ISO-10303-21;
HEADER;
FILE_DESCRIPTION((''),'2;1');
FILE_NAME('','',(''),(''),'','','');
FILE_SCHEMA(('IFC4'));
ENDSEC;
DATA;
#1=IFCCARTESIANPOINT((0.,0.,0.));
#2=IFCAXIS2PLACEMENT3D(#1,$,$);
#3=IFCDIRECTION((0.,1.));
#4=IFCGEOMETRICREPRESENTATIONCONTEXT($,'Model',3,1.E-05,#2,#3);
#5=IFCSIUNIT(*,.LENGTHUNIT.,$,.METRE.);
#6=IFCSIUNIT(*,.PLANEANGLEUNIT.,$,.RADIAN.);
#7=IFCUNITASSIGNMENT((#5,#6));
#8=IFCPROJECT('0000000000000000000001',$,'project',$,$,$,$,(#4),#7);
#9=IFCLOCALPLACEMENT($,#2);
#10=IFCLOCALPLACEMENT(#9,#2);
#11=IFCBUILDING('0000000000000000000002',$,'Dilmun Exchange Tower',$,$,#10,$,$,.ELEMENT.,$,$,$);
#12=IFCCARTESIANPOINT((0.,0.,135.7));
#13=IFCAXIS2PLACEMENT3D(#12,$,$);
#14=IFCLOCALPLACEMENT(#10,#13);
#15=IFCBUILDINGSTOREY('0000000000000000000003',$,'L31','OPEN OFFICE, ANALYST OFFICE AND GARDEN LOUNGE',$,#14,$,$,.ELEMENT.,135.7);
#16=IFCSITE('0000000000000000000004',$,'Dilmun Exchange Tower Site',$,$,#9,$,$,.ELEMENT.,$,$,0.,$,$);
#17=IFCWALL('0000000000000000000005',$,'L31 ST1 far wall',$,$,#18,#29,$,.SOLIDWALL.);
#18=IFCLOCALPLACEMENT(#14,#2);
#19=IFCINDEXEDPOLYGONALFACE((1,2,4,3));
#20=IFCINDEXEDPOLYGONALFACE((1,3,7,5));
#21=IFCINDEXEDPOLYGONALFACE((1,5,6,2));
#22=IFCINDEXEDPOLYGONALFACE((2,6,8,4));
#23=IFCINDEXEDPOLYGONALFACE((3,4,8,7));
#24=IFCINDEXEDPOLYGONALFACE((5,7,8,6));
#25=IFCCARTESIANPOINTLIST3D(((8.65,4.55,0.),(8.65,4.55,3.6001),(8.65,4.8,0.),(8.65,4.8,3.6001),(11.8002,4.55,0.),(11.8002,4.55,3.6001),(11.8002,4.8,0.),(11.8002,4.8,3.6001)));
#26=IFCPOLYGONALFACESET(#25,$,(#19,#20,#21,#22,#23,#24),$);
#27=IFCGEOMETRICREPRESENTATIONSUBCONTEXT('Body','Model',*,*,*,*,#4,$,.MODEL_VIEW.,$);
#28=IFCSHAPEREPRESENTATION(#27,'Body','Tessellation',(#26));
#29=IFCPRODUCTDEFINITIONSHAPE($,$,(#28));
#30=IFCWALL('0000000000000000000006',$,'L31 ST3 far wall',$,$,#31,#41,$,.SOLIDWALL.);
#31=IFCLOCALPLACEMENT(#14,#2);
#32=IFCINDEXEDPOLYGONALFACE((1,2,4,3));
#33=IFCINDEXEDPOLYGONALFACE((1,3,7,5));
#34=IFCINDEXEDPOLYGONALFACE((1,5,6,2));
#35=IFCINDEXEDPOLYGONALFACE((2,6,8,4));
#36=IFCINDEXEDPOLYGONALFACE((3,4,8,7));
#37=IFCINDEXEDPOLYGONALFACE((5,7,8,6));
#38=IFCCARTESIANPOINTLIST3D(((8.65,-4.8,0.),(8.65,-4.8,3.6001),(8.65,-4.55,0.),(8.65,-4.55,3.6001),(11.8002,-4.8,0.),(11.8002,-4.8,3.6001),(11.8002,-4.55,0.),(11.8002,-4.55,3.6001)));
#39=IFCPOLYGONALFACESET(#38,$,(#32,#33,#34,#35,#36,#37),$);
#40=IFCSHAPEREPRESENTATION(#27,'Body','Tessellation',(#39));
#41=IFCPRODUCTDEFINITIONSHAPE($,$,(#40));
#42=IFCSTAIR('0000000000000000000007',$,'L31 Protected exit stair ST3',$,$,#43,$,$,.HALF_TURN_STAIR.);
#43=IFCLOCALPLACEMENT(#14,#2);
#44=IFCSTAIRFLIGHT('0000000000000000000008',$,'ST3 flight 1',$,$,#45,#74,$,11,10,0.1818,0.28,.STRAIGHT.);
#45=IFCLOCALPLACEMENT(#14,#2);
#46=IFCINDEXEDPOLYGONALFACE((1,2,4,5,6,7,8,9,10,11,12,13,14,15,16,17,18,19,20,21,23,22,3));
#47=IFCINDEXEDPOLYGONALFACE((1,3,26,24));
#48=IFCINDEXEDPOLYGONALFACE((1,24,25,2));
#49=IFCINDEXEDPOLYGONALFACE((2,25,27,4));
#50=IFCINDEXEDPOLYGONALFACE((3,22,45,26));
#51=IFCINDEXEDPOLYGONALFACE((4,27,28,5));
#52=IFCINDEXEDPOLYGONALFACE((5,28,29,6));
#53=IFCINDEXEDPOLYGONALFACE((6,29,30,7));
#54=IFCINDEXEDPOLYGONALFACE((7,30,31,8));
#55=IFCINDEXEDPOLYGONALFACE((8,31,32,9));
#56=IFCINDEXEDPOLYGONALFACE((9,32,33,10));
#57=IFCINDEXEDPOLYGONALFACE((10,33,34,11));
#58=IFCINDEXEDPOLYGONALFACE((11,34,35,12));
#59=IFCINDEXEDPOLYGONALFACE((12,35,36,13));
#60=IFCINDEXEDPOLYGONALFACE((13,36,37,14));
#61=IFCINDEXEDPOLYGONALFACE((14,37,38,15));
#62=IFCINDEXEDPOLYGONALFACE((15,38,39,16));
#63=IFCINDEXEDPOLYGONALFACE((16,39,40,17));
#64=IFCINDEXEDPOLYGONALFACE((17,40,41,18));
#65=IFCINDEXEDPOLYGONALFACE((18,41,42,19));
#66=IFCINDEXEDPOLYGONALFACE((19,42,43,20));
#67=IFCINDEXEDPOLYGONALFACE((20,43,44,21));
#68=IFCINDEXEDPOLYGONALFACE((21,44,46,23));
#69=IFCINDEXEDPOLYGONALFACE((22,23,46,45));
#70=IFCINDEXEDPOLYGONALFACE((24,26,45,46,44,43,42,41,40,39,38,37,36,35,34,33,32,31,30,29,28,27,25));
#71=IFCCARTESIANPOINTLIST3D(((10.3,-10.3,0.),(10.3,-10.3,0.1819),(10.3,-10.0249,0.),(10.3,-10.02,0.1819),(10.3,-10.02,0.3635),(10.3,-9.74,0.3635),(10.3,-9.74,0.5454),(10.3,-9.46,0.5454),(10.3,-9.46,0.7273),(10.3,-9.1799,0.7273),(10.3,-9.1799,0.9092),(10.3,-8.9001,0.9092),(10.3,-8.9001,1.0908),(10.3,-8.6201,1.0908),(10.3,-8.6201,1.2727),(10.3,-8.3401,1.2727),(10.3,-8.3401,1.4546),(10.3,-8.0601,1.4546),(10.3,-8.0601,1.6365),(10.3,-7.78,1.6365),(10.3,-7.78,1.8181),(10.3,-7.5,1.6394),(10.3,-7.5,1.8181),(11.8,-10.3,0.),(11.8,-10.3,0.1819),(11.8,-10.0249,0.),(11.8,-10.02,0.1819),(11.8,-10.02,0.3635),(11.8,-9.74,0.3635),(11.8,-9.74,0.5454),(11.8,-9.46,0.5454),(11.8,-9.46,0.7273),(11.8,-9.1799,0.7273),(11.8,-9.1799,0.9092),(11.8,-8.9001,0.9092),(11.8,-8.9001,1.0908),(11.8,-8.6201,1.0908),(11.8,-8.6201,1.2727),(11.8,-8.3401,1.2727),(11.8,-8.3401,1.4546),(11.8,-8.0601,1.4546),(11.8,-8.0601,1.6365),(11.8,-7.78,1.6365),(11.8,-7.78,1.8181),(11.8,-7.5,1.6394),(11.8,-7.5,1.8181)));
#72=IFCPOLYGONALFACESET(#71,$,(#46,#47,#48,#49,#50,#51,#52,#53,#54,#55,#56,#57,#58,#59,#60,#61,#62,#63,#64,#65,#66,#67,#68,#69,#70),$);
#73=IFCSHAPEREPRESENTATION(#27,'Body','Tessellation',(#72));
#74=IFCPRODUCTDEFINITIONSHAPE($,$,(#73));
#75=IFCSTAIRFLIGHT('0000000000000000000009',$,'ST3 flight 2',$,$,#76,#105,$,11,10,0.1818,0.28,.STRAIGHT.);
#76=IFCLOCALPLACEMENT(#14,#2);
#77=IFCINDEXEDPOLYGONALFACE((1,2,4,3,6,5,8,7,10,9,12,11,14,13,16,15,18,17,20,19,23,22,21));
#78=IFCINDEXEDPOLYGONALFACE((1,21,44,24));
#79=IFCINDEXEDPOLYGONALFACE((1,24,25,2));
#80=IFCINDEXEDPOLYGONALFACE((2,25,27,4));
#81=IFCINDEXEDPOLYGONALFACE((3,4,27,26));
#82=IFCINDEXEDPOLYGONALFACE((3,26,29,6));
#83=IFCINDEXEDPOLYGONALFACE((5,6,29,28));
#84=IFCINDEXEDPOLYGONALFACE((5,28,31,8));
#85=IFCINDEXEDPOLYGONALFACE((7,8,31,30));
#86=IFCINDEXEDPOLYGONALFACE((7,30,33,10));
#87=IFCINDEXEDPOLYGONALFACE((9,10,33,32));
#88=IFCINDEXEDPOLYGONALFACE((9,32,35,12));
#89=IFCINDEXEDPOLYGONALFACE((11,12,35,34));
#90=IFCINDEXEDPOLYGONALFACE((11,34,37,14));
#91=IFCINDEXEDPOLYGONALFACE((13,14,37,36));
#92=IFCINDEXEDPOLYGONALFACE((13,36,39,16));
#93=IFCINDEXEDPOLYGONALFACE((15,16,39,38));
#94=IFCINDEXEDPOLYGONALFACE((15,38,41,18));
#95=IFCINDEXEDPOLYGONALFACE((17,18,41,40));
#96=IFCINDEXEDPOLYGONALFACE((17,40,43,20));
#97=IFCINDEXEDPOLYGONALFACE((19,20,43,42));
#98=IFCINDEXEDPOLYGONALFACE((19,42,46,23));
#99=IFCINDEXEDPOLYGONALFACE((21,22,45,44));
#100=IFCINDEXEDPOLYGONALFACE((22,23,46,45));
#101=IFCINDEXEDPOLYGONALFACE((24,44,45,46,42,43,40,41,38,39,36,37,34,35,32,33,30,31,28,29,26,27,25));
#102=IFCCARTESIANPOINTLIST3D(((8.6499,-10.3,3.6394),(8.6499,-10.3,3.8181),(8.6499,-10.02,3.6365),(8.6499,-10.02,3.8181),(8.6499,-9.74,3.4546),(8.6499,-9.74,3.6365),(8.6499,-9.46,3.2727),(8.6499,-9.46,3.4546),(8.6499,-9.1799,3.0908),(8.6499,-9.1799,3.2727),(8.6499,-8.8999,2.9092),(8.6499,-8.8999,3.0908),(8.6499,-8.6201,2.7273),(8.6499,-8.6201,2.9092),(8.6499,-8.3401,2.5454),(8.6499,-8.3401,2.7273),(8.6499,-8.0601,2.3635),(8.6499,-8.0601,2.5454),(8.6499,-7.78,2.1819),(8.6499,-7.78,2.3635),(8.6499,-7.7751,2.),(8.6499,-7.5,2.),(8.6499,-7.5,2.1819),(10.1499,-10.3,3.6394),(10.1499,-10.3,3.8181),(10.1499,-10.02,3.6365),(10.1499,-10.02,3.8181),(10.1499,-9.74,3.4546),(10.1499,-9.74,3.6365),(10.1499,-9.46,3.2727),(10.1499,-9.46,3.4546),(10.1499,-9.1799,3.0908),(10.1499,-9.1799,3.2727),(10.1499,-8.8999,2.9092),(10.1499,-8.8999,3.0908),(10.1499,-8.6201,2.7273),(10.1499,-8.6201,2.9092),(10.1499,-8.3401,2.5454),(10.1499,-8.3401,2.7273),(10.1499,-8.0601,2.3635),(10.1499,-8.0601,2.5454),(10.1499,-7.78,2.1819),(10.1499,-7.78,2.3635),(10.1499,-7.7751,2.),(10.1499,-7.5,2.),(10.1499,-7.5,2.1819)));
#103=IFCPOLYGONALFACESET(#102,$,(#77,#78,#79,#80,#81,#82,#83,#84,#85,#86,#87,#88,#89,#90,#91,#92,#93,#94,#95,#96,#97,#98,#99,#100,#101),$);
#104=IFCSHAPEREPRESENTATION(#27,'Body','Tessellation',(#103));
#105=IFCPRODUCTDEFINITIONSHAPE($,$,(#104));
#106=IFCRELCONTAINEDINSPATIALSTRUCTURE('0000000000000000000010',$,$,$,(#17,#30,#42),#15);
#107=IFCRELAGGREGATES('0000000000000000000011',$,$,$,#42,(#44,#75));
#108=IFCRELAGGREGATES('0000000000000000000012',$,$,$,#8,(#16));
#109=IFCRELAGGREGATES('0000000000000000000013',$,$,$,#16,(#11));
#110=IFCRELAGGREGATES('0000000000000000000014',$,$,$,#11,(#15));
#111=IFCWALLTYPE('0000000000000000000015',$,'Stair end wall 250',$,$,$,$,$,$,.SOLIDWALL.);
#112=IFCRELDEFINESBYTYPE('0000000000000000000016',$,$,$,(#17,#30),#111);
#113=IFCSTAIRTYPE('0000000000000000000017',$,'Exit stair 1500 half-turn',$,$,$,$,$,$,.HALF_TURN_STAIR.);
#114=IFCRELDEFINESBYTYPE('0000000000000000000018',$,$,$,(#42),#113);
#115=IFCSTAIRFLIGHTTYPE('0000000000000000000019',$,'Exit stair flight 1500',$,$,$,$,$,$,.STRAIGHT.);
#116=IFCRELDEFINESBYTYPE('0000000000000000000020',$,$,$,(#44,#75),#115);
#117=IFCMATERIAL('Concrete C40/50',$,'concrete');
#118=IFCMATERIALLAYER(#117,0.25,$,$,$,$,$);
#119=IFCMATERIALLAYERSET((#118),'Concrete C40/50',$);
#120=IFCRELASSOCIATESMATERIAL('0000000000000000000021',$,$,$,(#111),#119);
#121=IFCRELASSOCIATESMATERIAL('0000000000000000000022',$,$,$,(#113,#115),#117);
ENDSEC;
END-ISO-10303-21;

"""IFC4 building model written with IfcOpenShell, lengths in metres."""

from ifc_helpers import new_model, si_unit, direction, frame, frame_2d, origin, place, context, subcontext, project, spatial, polyline, rectangle, outline, extrude, material, layer, layer_set, type_object, element, aggregate, save


model = new_model("IFC4")

# Units and contexts
model_context = context("Model", 3, precision=1e-05, world=origin(), true_north=direction((0.0, 1.0)))
body_context = subcontext(model_context, "Body", "Model", "MODEL_VIEW")
ifc_project = project(units=[si_unit("LENGTHUNIT", "METRE"), si_unit("PLANEANGLEUNIT", "RADIAN")], contexts=[model_context])

# Site, building, storey
site_placement = place(None, origin())
site = spatial("IfcSite", under=ifc_project, at=site_placement, Name="Dilmun Exchange Tower Site", CompositionType="ELEMENT", RefElevation=0.0)
building_placement = place(site_placement, origin())
building = spatial("IfcBuilding", under=site, at=building_placement, Name="Dilmun Exchange Tower", CompositionType="ELEMENT")
storey_placement = place(building_placement, frame((0.0, 0.0, 135.7)))
storey = spatial("IfcBuildingStorey", under=building, at=storey_placement, Name="L31", Description="OPEN OFFICE, ANALYST OFFICE AND GARDEN LOUNGE", CompositionType="ELEMENT", Elevation=135.7)

# Shared definitions
ifc_material_1 = material(Name="Concrete C40/50", Category="concrete")

# Walls
ifc_layer_1 = layer(ifc_material_1, 0.25)
ifc_layer_set_1 = layer_set([ifc_layer_1], Name="Concrete C40/50")
wall_type_1 = type_object("IfcWallType", Name="Stair end wall 250", PredefinedType="SOLIDWALL", material=ifc_layer_set_1)
for number, where, z_axis, x_axis, name in (
    (1, (8.6499, 4.675, 0.0), (0.0, 0.0, 1.0), (1.0, 0.0, 0.0), "L31 ST1 far wall"),
    (2, (8.6499, -4.675, 0.0), (0.0, 0.0, 1.0), (1.0, 0.0, 0.0), "L31 ST3 far wall"),
):
    element("IfcWall", number, at=place(storey_placement, frame(where, z_axis=z_axis, x_axis=x_axis)), inside=storey, type_object=wall_type_1, Name=name, PredefinedType="SOLIDWALL", context=body_context, shape_type="SweptSolid", body=[
        extrude(rectangle(XDim=3.1501, YDim=0.25, at=frame_2d((1.5752, 0.0))), origin(), (0.0, 0.0, 1.0), 3.6001),
    ])

# Stair, stair flights
stair_type = type_object("IfcStairType", Name="Exit stair 1500 half-turn", PredefinedType="HALF_TURN_STAIR", material=ifc_material_1)
stair_placement = place(storey_placement, origin())
stair = element("IfcStair", 3, at=stair_placement, inside=storey, type_object=stair_type, Name="L31 Protected exit stair ST3", PredefinedType="HALF_TURN_STAIR")
stair_flight_type = type_object("IfcStairFlightType", Name="Exit stair flight 1500", PredefinedType="STRAIGHT", material=ifc_material_1)
stair_flight_1_placement = place(storey_placement, frame((11.05, -10.3, 0.0), z_axis=(0.0, 0.0, 1.0), x_axis=(0.0, 1.0, 0.0)))
stair_flight_1 = element("IfcStairFlight", 4, at=stair_flight_1_placement, type_object=stair_flight_type, Name="ST3 flight 1", NumberOfRisers=11, NumberOfTreads=10, PredefinedType="STRAIGHT", RiserHeight=0.1818, TreadLength=0.28, context=body_context, shape_type="SweptSolid", body=[
    extrude(outline(polyline([(0.0, 0.0), (0.0, 0.1819), (0.28, 0.1819), (0.28, 0.3635), (0.5601, 0.3635), (0.5601, 0.5454), (0.8401, 0.5454), (0.8401, 0.7273), (1.1201, 0.7273), (1.1201, 0.9092), (1.3999, 0.9092), (1.3999, 1.0908), (1.6799, 1.0908), (1.6799, 1.2727), (1.96, 1.2727), (1.96, 1.4546), (2.24, 1.4546), (2.24, 1.6365), (2.52, 1.6365), (2.52, 1.8181), (2.8, 1.8181), (2.8, 2.0), (2.8, 1.6394), (0.2751, 0.0), (0.0, 0.0)])), frame((0.0, 0.75, 0.0), z_axis=(0.0, -1.0, 0.0), x_axis=(1.0, 0.0, 0.0)), (0.0, 0.0, 1.0), 1.5),
])
stair_flight_2_placement = place(storey_placement, frame((9.3999, -7.5, 2.0), z_axis=(0.0, 0.0, 1.0), x_axis=(0.0, -1.0, 0.0)))
stair_flight_2 = element("IfcStairFlight", 5, at=stair_flight_2_placement, type_object=stair_flight_type, Name="ST3 flight 2", NumberOfRisers=11, NumberOfTreads=10, PredefinedType="STRAIGHT", RiserHeight=0.1818, TreadLength=0.28, context=body_context, shape_type="SweptSolid", body=[
    extrude(outline(polyline([(0.0, 0.0), (0.0, 0.1819), (0.28, 0.1819), (0.28, 0.3635), (0.5601, 0.3635), (0.5601, 0.5454), (0.8401, 0.5454), (0.8401, 0.7273), (1.1201, 0.7273), (1.1201, 0.9092), (1.3999, 0.9092), (1.3999, 1.0908), (1.6799, 1.0908), (1.6799, 1.2727), (1.96, 1.2727), (1.96, 1.4546), (2.24, 1.4546), (2.24, 1.6365), (2.52, 1.6365), (2.52, 1.8181), (2.8, 1.8181), (2.8, 2.0), (2.8, 1.6394), (0.2751, 0.0), (0.0, 0.0)])), frame((0.0, 0.75, 0.0), z_axis=(0.0, -1.0, 0.0), x_axis=(1.0, 0.0, 0.0)), (0.0, 0.0, 1.0), 1.5),
])
aggregate(stair, [stair_flight_1, stair_flight_2])

save(model, "model.ifc")
